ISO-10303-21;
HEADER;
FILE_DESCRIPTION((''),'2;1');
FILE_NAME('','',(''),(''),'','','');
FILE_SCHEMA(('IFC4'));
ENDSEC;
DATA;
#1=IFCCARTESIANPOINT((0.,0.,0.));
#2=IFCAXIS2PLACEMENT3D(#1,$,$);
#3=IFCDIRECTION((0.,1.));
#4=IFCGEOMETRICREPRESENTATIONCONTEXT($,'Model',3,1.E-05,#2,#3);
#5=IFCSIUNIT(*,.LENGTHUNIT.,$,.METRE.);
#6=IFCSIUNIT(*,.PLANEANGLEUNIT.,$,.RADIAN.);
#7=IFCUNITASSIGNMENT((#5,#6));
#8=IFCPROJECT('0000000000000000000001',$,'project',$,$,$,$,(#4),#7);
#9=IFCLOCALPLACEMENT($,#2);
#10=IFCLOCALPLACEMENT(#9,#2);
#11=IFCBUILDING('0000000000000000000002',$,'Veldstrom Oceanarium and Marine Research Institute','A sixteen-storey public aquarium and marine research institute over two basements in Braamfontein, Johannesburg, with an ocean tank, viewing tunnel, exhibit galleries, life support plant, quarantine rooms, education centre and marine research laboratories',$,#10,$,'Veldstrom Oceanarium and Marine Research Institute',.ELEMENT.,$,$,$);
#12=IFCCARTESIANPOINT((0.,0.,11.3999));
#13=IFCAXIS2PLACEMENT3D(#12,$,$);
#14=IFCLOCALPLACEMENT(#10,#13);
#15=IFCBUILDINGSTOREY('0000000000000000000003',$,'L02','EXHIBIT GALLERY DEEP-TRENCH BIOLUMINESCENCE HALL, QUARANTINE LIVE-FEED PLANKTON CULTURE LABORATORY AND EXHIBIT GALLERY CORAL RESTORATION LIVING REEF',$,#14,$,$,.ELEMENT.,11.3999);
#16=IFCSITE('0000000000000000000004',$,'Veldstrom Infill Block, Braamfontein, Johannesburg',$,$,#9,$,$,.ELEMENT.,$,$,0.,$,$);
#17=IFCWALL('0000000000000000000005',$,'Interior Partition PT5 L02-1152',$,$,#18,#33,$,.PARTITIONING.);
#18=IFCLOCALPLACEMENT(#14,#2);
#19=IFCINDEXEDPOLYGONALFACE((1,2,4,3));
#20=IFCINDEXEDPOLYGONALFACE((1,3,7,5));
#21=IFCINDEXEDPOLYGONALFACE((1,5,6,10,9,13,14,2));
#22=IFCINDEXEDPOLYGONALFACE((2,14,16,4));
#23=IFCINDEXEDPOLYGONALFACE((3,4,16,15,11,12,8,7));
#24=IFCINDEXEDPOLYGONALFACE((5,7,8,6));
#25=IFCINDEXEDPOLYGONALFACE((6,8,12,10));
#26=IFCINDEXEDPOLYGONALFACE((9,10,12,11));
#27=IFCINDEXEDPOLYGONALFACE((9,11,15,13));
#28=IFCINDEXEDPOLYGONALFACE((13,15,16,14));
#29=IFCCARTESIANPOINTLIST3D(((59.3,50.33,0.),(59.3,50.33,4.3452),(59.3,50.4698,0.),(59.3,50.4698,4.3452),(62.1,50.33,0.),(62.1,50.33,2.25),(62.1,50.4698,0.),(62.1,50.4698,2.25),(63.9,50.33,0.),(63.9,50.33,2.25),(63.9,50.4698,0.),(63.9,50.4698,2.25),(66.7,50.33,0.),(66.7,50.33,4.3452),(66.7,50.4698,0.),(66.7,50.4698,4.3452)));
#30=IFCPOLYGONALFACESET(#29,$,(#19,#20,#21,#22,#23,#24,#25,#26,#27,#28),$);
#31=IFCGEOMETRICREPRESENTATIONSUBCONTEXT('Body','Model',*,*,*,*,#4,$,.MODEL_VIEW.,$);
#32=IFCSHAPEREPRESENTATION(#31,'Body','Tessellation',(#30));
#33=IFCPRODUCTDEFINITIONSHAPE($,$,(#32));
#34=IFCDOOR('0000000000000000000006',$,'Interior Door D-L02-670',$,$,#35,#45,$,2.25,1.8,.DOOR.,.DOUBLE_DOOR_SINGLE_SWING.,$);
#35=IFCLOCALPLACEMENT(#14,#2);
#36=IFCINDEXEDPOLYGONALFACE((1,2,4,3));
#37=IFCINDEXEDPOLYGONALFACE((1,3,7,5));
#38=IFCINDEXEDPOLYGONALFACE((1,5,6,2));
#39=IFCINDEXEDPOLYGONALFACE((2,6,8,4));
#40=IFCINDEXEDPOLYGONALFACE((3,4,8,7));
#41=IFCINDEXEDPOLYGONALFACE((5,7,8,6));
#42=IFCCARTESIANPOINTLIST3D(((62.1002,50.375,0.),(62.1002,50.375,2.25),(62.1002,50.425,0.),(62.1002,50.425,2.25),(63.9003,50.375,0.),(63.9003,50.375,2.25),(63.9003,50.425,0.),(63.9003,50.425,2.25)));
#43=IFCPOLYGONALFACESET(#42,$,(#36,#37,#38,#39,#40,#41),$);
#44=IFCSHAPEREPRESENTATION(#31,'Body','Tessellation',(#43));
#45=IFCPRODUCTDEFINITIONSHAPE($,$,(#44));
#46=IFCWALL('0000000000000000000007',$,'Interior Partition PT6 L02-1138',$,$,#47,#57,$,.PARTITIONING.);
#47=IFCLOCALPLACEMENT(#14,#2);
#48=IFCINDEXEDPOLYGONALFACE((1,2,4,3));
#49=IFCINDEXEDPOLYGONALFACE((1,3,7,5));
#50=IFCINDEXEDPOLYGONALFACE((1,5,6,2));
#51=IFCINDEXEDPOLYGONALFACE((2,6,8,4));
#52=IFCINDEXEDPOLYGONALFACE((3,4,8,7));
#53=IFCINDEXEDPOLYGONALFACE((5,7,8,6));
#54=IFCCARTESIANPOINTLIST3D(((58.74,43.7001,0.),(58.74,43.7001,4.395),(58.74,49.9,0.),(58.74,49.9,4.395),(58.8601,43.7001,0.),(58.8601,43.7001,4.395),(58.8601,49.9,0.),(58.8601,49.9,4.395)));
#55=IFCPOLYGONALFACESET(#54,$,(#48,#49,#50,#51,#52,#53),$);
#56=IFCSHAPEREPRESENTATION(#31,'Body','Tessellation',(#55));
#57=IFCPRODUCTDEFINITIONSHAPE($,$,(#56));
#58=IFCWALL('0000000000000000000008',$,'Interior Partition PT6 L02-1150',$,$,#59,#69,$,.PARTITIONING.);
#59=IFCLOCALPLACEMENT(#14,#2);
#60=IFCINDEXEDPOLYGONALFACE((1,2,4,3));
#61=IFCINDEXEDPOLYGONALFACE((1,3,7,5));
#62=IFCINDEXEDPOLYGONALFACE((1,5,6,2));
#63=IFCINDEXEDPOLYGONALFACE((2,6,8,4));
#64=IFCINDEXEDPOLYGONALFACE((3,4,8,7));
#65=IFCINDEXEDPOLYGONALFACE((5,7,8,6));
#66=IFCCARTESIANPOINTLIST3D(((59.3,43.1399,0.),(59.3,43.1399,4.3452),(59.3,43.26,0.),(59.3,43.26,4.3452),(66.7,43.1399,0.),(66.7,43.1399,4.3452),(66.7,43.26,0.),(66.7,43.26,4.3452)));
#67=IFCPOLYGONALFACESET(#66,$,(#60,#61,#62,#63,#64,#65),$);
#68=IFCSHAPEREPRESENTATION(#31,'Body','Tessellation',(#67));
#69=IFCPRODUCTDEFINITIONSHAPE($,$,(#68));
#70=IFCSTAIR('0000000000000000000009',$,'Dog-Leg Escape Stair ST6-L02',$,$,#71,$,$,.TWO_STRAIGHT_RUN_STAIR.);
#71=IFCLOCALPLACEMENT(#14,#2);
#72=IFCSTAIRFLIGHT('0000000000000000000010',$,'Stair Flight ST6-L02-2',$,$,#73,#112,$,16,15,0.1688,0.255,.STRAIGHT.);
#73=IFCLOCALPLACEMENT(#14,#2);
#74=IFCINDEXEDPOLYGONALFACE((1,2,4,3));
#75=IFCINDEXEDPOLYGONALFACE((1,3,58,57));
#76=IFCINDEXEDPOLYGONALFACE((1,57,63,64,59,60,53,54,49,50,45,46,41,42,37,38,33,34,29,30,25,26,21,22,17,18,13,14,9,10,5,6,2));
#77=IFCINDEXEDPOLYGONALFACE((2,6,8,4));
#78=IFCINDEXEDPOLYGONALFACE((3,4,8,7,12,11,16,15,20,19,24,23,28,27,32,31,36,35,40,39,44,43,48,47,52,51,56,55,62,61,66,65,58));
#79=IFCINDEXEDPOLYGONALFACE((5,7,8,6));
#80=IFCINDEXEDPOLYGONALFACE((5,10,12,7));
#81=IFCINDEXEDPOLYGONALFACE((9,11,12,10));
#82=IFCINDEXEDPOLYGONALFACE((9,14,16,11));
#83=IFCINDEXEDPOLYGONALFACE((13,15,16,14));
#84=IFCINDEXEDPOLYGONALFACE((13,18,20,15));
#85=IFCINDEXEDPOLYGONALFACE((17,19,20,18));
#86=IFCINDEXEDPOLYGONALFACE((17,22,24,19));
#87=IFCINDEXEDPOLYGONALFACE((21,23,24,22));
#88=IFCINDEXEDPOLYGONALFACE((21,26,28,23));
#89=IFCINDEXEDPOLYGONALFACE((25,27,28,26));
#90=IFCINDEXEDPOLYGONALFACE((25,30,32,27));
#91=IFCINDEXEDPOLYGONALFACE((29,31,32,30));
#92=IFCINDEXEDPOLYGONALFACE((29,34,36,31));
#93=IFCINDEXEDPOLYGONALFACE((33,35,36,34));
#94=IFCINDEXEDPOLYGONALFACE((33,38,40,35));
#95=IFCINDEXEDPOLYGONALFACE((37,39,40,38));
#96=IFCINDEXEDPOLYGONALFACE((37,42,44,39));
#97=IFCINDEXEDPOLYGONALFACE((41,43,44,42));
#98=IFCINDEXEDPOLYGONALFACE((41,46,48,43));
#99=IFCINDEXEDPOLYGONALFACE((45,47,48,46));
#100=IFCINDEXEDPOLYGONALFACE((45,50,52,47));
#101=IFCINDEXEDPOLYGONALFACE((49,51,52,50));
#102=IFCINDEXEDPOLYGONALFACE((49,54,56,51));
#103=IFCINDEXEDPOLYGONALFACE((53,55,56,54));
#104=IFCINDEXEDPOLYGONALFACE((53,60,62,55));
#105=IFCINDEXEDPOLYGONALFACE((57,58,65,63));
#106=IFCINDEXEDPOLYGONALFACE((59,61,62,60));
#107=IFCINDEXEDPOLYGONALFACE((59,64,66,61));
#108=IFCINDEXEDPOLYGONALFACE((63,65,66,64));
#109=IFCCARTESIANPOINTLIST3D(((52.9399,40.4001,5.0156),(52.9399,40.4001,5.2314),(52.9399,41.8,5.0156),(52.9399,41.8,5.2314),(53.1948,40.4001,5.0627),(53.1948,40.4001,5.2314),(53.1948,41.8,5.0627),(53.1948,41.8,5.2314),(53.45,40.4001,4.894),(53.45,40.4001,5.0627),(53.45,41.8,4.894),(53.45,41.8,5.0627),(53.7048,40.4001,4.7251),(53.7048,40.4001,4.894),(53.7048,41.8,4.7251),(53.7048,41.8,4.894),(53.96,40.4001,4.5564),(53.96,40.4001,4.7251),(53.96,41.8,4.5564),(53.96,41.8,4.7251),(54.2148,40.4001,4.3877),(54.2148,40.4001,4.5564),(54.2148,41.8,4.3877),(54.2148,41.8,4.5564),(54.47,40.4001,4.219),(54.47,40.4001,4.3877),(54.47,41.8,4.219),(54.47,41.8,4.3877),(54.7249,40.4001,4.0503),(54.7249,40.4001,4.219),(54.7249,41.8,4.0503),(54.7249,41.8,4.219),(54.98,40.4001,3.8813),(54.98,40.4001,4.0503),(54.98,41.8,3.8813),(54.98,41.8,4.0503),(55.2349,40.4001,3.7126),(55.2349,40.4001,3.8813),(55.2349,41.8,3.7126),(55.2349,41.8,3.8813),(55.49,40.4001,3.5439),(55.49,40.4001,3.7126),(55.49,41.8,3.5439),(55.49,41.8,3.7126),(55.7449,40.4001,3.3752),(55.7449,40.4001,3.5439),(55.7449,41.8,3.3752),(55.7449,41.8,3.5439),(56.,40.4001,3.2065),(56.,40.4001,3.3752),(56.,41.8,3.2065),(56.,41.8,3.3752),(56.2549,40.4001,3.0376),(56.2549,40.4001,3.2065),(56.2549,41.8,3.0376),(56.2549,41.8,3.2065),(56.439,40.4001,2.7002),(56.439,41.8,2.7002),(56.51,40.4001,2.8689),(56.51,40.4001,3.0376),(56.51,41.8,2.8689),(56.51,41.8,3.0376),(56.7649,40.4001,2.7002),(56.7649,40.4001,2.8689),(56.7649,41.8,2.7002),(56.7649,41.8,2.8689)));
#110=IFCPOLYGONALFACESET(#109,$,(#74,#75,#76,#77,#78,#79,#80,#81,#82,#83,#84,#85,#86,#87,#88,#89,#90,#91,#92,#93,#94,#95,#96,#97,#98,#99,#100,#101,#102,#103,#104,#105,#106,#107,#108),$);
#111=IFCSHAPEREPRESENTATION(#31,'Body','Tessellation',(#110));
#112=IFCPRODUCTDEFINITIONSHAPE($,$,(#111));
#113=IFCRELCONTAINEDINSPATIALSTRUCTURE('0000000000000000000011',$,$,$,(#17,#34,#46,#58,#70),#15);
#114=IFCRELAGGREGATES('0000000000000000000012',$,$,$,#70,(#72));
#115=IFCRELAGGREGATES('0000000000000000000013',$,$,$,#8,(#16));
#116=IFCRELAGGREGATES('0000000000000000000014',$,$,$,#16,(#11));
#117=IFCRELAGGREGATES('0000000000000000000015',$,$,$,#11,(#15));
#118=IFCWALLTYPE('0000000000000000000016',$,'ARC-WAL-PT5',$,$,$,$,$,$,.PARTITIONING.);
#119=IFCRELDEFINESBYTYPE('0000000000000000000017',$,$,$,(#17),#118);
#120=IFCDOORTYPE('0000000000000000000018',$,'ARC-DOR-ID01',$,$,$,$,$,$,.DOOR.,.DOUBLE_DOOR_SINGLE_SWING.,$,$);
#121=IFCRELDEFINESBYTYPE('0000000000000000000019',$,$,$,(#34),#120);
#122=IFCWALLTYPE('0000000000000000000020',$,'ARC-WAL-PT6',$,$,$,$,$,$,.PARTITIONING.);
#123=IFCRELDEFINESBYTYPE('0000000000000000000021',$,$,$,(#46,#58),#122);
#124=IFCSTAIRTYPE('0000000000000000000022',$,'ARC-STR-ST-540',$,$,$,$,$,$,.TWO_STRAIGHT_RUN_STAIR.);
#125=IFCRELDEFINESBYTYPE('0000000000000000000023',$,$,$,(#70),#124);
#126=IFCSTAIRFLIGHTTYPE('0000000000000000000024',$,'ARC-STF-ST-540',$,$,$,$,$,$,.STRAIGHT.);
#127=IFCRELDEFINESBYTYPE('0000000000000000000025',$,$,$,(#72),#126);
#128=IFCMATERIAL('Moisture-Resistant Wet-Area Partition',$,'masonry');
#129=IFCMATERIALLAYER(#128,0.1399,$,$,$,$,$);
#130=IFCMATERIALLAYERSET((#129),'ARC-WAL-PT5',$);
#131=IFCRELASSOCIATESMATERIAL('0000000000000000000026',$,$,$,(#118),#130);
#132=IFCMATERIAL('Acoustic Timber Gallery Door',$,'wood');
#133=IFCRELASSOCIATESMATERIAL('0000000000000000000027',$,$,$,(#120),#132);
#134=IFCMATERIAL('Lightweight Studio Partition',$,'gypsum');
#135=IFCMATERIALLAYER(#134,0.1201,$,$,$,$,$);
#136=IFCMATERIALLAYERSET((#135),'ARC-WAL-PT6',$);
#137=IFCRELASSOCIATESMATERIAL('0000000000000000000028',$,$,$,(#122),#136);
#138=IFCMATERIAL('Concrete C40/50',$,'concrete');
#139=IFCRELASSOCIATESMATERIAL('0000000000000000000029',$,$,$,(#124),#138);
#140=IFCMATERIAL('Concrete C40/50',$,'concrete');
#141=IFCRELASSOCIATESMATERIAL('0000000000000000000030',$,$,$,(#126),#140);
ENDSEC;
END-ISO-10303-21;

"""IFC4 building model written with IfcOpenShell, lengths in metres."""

from ifc_helpers import new_model, si_unit, direction, frame, frame_2d, origin, place, context, subcontext, project, spatial, polyline, rectangle, outline, extrude, material, layer, layer_set, type_object, element, fill, aggregate, save


model = new_model("IFC4")

# Units and contexts
model_context = context("Model", 3, precision=1e-05, world=origin(), true_north=direction((0.0, 1.0)))
body_context = subcontext(model_context, "Body", "Model", "MODEL_VIEW")
ifc_project = project(units=[si_unit("LENGTHUNIT", "METRE"), si_unit("PLANEANGLEUNIT", "RADIAN")], contexts=[model_context])

# Site, building, storey
site_placement = place(None, origin())
site = spatial("IfcSite", under=ifc_project, at=site_placement, Name="Veldstrom Infill Block, Braamfontein, Johannesburg", CompositionType="ELEMENT", RefElevation=0.0)
building_placement = place(site_placement, origin())
building = spatial("IfcBuilding", under=site, at=building_placement, Name="Veldstrom Oceanarium and Marine Research Institute", Description="A sixteen-storey public aquarium and marine research institute over two basements in Braamfontein, Johannesburg, with an ocean tank, viewing tunnel, exhibit galleries, life support plant, quarantine rooms, education centre and marine research laboratories", LongName="Veldstrom Oceanarium and Marine Research Institute", CompositionType="ELEMENT")
storey_placement = place(building_placement, frame((0.0, 0.0, 11.3999)))
storey = spatial("IfcBuildingStorey", under=building, at=storey_placement, Name="L02", Description="EXHIBIT GALLERY DEEP-TRENCH BIOLUMINESCENCE HALL, QUARANTINE LIVE-FEED PLANKTON CULTURE LABORATORY AND EXHIBIT GALLERY CORAL RESTORATION LIVING REEF", CompositionType="ELEMENT", Elevation=11.3999)

# Wall, opening, door
ifc_material_1 = material(Name="Moisture-Resistant Wet-Area Partition", Category="masonry")
ifc_layer_1 = layer(ifc_material_1, 0.1399)
ifc_layer_set_1 = layer_set([ifc_layer_1], Name="ARC-WAL-PT5")
wall_type_1 = type_object("IfcWallType", Name="ARC-WAL-PT5", PredefinedType="PARTITIONING", material=ifc_layer_set_1)
wall_1_placement = place(storey_placement, frame((59.3, 50.3999, 0.0), z_axis=(0.0, 0.0, 1.0), x_axis=(1.0, 0.0, 0.0)))
wall_1 = element("IfcWall", 1, at=wall_1_placement, inside=storey, type_object=wall_type_1, Name="Interior Partition PT5 L02-1152", PredefinedType="PARTITIONING", context=body_context, shape_type="SweptSolid", body=[
    extrude(rectangle(XDim=7.3999, YDim=0.1399, at=frame_2d((3.7, 0.0))), origin(), (0.0, 0.0, 1.0), 4.3452),
])
opening_placement = place(wall_1_placement, frame((2.8, 0.0, 0.0)))
opening = element("IfcOpeningElement", 2, at=opening_placement, cuts=wall_1, PredefinedType="OPENING", context=body_context, shape_type="SweptSolid", body=[
    extrude(rectangle(XDim=1.8, YDim=2.25, at=frame_2d((0.8999, 1.125))), frame((0.0, 0.0798, 0.0), z_axis=(0.0, -1.0, 0.0), x_axis=(1.0, 0.0, 0.0)), (0.0, 0.0, 1.0), 0.1599),
])
ifc_material_2 = material(Name="Acoustic Timber Gallery Door", Category="wood")
door_type = type_object("IfcDoorType", Name="ARC-DOR-ID01", OperationType="DOUBLE_DOOR_SINGLE_SWING", PredefinedType="DOOR", material=ifc_material_2)
door_placement = place(opening_placement, frame((1.8, 0.0, 0.0), z_axis=(0.0, 0.0, 1.0), x_axis=(-1.0, 0.0, 0.0)))
door = element("IfcDoor", 3, at=door_placement, inside=storey, type_object=door_type, Name="Interior Door D-L02-670", OperationType="DOUBLE_DOOR_SINGLE_SWING", OverallHeight=2.25, OverallWidth=1.8, PredefinedType="DOOR", context=body_context, shape_type="SweptSolid", body=[
    extrude(rectangle(XDim=1.8, YDim=2.25, at=frame_2d((0.8999, 1.125))), frame((0.0, 0.0249, 0.0), z_axis=(0.0, -1.0, 0.0), x_axis=(1.0, 0.0, 0.0)), (0.0, 0.0, 1.0), 0.05),
])
fill(opening, door)

# Walls
ifc_material_3 = material(Name="Lightweight Studio Partition", Category="gypsum")
ifc_layer_2 = layer(ifc_material_3, 0.1201)
ifc_layer_set_2 = layer_set([ifc_layer_2], Name="ARC-WAL-PT6")
wall_type_2 = type_object("IfcWallType", Name="ARC-WAL-PT6", PredefinedType="PARTITIONING", material=ifc_layer_set_2)
wall_2_placement = place(storey_placement, frame((58.8, 43.7, 0.0), z_axis=(0.0, 0.0, 1.0), x_axis=(0.0, 1.0, 0.0)))
element("IfcWall", 4, at=wall_2_placement, inside=storey, type_object=wall_type_2, Name="Interior Partition PT6 L02-1138", PredefinedType="PARTITIONING", context=body_context, shape_type="SweptSolid", body=[
    extrude(rectangle(XDim=6.2, YDim=0.1201, at=frame_2d((3.1001, 0.0))), origin(), (0.0, 0.0, 1.0), 4.395),
])
wall_3_placement = place(storey_placement, frame((59.3, 43.2, 0.0), z_axis=(0.0, 0.0, 1.0), x_axis=(1.0, 0.0, 0.0)))
element("IfcWall", 5, at=wall_3_placement, inside=storey, type_object=wall_type_2, Name="Interior Partition PT6 L02-1150", PredefinedType="PARTITIONING", context=body_context, shape_type="SweptSolid", body=[
    extrude(rectangle(XDim=7.3999, YDim=0.1201, at=frame_2d((3.7, 0.0))), origin(), (0.0, 0.0, 1.0), 4.3452),
])

# Stair, stair flight
ifc_material_4 = material(Name="Concrete C40/50", Category="concrete")
stair_type = type_object("IfcStairType", Name="ARC-STR-ST-540", PredefinedType="TWO_STRAIGHT_RUN_STAIR", material=ifc_material_4)
stair_placement = place(storey_placement, origin())
stair = element("IfcStair", 6, at=stair_placement, inside=storey, type_object=stair_type, Name="Dog-Leg Escape Stair ST6-L02", PredefinedType="TWO_STRAIGHT_RUN_STAIR")
ifc_material_5 = material(Name="Concrete C40/50", Category="concrete")
stair_flight_type = type_object("IfcStairFlightType", Name="ARC-STF-ST-540", PredefinedType="STRAIGHT", material=ifc_material_5)
stair_flight_placement = place(storey_placement, frame((56.7649, 41.1001, 2.7002), z_axis=(0.0, 0.0, 1.0), x_axis=(-1.0, 0.0, 0.0)))
stair_flight = element("IfcStairFlight", 7, at=stair_flight_placement, type_object=stair_flight_type, Name="Stair Flight ST6-L02-2", NumberOfRisers=16, NumberOfTreads=15, PredefinedType="STRAIGHT", RiserHeight=0.1688, TreadLength=0.255, context=body_context, shape_type="SweptSolid", body=[
    extrude(outline(polyline([(0.0, 0.0), (0.0, 0.1687), (0.2549, 0.1687), (0.2549, 0.3374), (0.51, 0.3374), (0.51, 0.5063), (0.7649, 0.5063), (0.7649, 0.675), (1.02, 0.675), (1.02, 0.8438), (1.2749, 0.8438), (1.2749, 1.0125), (1.53, 1.0125), (1.53, 1.1812), (1.7849, 1.1812), (1.7849, 1.3501), (2.04, 1.3501), (2.04, 1.5188), (2.2949, 1.5188), (2.2949, 1.6875), (2.55, 1.6875), (2.55, 1.8562), (2.8049, 1.8562), (2.8049, 2.0249), (3.0601, 2.0249), (3.0601, 2.1938), (3.3149, 2.1938), (3.3149, 2.3625), (3.5701, 2.3625), (3.5701, 2.5312), (3.825, 2.5312), (3.825, 2.7), (3.825, 2.3154), (0.3259, 0.0), (0.0, 0.0)])), frame((0.0, 0.7, 0.0), z_axis=(0.0, -1.0, 0.0), x_axis=(1.0, 0.0, 0.0)), (0.0, 0.0, 1.0), 1.3999),
])
aggregate(stair, [stair_flight])

save(model, "model.ifc")
